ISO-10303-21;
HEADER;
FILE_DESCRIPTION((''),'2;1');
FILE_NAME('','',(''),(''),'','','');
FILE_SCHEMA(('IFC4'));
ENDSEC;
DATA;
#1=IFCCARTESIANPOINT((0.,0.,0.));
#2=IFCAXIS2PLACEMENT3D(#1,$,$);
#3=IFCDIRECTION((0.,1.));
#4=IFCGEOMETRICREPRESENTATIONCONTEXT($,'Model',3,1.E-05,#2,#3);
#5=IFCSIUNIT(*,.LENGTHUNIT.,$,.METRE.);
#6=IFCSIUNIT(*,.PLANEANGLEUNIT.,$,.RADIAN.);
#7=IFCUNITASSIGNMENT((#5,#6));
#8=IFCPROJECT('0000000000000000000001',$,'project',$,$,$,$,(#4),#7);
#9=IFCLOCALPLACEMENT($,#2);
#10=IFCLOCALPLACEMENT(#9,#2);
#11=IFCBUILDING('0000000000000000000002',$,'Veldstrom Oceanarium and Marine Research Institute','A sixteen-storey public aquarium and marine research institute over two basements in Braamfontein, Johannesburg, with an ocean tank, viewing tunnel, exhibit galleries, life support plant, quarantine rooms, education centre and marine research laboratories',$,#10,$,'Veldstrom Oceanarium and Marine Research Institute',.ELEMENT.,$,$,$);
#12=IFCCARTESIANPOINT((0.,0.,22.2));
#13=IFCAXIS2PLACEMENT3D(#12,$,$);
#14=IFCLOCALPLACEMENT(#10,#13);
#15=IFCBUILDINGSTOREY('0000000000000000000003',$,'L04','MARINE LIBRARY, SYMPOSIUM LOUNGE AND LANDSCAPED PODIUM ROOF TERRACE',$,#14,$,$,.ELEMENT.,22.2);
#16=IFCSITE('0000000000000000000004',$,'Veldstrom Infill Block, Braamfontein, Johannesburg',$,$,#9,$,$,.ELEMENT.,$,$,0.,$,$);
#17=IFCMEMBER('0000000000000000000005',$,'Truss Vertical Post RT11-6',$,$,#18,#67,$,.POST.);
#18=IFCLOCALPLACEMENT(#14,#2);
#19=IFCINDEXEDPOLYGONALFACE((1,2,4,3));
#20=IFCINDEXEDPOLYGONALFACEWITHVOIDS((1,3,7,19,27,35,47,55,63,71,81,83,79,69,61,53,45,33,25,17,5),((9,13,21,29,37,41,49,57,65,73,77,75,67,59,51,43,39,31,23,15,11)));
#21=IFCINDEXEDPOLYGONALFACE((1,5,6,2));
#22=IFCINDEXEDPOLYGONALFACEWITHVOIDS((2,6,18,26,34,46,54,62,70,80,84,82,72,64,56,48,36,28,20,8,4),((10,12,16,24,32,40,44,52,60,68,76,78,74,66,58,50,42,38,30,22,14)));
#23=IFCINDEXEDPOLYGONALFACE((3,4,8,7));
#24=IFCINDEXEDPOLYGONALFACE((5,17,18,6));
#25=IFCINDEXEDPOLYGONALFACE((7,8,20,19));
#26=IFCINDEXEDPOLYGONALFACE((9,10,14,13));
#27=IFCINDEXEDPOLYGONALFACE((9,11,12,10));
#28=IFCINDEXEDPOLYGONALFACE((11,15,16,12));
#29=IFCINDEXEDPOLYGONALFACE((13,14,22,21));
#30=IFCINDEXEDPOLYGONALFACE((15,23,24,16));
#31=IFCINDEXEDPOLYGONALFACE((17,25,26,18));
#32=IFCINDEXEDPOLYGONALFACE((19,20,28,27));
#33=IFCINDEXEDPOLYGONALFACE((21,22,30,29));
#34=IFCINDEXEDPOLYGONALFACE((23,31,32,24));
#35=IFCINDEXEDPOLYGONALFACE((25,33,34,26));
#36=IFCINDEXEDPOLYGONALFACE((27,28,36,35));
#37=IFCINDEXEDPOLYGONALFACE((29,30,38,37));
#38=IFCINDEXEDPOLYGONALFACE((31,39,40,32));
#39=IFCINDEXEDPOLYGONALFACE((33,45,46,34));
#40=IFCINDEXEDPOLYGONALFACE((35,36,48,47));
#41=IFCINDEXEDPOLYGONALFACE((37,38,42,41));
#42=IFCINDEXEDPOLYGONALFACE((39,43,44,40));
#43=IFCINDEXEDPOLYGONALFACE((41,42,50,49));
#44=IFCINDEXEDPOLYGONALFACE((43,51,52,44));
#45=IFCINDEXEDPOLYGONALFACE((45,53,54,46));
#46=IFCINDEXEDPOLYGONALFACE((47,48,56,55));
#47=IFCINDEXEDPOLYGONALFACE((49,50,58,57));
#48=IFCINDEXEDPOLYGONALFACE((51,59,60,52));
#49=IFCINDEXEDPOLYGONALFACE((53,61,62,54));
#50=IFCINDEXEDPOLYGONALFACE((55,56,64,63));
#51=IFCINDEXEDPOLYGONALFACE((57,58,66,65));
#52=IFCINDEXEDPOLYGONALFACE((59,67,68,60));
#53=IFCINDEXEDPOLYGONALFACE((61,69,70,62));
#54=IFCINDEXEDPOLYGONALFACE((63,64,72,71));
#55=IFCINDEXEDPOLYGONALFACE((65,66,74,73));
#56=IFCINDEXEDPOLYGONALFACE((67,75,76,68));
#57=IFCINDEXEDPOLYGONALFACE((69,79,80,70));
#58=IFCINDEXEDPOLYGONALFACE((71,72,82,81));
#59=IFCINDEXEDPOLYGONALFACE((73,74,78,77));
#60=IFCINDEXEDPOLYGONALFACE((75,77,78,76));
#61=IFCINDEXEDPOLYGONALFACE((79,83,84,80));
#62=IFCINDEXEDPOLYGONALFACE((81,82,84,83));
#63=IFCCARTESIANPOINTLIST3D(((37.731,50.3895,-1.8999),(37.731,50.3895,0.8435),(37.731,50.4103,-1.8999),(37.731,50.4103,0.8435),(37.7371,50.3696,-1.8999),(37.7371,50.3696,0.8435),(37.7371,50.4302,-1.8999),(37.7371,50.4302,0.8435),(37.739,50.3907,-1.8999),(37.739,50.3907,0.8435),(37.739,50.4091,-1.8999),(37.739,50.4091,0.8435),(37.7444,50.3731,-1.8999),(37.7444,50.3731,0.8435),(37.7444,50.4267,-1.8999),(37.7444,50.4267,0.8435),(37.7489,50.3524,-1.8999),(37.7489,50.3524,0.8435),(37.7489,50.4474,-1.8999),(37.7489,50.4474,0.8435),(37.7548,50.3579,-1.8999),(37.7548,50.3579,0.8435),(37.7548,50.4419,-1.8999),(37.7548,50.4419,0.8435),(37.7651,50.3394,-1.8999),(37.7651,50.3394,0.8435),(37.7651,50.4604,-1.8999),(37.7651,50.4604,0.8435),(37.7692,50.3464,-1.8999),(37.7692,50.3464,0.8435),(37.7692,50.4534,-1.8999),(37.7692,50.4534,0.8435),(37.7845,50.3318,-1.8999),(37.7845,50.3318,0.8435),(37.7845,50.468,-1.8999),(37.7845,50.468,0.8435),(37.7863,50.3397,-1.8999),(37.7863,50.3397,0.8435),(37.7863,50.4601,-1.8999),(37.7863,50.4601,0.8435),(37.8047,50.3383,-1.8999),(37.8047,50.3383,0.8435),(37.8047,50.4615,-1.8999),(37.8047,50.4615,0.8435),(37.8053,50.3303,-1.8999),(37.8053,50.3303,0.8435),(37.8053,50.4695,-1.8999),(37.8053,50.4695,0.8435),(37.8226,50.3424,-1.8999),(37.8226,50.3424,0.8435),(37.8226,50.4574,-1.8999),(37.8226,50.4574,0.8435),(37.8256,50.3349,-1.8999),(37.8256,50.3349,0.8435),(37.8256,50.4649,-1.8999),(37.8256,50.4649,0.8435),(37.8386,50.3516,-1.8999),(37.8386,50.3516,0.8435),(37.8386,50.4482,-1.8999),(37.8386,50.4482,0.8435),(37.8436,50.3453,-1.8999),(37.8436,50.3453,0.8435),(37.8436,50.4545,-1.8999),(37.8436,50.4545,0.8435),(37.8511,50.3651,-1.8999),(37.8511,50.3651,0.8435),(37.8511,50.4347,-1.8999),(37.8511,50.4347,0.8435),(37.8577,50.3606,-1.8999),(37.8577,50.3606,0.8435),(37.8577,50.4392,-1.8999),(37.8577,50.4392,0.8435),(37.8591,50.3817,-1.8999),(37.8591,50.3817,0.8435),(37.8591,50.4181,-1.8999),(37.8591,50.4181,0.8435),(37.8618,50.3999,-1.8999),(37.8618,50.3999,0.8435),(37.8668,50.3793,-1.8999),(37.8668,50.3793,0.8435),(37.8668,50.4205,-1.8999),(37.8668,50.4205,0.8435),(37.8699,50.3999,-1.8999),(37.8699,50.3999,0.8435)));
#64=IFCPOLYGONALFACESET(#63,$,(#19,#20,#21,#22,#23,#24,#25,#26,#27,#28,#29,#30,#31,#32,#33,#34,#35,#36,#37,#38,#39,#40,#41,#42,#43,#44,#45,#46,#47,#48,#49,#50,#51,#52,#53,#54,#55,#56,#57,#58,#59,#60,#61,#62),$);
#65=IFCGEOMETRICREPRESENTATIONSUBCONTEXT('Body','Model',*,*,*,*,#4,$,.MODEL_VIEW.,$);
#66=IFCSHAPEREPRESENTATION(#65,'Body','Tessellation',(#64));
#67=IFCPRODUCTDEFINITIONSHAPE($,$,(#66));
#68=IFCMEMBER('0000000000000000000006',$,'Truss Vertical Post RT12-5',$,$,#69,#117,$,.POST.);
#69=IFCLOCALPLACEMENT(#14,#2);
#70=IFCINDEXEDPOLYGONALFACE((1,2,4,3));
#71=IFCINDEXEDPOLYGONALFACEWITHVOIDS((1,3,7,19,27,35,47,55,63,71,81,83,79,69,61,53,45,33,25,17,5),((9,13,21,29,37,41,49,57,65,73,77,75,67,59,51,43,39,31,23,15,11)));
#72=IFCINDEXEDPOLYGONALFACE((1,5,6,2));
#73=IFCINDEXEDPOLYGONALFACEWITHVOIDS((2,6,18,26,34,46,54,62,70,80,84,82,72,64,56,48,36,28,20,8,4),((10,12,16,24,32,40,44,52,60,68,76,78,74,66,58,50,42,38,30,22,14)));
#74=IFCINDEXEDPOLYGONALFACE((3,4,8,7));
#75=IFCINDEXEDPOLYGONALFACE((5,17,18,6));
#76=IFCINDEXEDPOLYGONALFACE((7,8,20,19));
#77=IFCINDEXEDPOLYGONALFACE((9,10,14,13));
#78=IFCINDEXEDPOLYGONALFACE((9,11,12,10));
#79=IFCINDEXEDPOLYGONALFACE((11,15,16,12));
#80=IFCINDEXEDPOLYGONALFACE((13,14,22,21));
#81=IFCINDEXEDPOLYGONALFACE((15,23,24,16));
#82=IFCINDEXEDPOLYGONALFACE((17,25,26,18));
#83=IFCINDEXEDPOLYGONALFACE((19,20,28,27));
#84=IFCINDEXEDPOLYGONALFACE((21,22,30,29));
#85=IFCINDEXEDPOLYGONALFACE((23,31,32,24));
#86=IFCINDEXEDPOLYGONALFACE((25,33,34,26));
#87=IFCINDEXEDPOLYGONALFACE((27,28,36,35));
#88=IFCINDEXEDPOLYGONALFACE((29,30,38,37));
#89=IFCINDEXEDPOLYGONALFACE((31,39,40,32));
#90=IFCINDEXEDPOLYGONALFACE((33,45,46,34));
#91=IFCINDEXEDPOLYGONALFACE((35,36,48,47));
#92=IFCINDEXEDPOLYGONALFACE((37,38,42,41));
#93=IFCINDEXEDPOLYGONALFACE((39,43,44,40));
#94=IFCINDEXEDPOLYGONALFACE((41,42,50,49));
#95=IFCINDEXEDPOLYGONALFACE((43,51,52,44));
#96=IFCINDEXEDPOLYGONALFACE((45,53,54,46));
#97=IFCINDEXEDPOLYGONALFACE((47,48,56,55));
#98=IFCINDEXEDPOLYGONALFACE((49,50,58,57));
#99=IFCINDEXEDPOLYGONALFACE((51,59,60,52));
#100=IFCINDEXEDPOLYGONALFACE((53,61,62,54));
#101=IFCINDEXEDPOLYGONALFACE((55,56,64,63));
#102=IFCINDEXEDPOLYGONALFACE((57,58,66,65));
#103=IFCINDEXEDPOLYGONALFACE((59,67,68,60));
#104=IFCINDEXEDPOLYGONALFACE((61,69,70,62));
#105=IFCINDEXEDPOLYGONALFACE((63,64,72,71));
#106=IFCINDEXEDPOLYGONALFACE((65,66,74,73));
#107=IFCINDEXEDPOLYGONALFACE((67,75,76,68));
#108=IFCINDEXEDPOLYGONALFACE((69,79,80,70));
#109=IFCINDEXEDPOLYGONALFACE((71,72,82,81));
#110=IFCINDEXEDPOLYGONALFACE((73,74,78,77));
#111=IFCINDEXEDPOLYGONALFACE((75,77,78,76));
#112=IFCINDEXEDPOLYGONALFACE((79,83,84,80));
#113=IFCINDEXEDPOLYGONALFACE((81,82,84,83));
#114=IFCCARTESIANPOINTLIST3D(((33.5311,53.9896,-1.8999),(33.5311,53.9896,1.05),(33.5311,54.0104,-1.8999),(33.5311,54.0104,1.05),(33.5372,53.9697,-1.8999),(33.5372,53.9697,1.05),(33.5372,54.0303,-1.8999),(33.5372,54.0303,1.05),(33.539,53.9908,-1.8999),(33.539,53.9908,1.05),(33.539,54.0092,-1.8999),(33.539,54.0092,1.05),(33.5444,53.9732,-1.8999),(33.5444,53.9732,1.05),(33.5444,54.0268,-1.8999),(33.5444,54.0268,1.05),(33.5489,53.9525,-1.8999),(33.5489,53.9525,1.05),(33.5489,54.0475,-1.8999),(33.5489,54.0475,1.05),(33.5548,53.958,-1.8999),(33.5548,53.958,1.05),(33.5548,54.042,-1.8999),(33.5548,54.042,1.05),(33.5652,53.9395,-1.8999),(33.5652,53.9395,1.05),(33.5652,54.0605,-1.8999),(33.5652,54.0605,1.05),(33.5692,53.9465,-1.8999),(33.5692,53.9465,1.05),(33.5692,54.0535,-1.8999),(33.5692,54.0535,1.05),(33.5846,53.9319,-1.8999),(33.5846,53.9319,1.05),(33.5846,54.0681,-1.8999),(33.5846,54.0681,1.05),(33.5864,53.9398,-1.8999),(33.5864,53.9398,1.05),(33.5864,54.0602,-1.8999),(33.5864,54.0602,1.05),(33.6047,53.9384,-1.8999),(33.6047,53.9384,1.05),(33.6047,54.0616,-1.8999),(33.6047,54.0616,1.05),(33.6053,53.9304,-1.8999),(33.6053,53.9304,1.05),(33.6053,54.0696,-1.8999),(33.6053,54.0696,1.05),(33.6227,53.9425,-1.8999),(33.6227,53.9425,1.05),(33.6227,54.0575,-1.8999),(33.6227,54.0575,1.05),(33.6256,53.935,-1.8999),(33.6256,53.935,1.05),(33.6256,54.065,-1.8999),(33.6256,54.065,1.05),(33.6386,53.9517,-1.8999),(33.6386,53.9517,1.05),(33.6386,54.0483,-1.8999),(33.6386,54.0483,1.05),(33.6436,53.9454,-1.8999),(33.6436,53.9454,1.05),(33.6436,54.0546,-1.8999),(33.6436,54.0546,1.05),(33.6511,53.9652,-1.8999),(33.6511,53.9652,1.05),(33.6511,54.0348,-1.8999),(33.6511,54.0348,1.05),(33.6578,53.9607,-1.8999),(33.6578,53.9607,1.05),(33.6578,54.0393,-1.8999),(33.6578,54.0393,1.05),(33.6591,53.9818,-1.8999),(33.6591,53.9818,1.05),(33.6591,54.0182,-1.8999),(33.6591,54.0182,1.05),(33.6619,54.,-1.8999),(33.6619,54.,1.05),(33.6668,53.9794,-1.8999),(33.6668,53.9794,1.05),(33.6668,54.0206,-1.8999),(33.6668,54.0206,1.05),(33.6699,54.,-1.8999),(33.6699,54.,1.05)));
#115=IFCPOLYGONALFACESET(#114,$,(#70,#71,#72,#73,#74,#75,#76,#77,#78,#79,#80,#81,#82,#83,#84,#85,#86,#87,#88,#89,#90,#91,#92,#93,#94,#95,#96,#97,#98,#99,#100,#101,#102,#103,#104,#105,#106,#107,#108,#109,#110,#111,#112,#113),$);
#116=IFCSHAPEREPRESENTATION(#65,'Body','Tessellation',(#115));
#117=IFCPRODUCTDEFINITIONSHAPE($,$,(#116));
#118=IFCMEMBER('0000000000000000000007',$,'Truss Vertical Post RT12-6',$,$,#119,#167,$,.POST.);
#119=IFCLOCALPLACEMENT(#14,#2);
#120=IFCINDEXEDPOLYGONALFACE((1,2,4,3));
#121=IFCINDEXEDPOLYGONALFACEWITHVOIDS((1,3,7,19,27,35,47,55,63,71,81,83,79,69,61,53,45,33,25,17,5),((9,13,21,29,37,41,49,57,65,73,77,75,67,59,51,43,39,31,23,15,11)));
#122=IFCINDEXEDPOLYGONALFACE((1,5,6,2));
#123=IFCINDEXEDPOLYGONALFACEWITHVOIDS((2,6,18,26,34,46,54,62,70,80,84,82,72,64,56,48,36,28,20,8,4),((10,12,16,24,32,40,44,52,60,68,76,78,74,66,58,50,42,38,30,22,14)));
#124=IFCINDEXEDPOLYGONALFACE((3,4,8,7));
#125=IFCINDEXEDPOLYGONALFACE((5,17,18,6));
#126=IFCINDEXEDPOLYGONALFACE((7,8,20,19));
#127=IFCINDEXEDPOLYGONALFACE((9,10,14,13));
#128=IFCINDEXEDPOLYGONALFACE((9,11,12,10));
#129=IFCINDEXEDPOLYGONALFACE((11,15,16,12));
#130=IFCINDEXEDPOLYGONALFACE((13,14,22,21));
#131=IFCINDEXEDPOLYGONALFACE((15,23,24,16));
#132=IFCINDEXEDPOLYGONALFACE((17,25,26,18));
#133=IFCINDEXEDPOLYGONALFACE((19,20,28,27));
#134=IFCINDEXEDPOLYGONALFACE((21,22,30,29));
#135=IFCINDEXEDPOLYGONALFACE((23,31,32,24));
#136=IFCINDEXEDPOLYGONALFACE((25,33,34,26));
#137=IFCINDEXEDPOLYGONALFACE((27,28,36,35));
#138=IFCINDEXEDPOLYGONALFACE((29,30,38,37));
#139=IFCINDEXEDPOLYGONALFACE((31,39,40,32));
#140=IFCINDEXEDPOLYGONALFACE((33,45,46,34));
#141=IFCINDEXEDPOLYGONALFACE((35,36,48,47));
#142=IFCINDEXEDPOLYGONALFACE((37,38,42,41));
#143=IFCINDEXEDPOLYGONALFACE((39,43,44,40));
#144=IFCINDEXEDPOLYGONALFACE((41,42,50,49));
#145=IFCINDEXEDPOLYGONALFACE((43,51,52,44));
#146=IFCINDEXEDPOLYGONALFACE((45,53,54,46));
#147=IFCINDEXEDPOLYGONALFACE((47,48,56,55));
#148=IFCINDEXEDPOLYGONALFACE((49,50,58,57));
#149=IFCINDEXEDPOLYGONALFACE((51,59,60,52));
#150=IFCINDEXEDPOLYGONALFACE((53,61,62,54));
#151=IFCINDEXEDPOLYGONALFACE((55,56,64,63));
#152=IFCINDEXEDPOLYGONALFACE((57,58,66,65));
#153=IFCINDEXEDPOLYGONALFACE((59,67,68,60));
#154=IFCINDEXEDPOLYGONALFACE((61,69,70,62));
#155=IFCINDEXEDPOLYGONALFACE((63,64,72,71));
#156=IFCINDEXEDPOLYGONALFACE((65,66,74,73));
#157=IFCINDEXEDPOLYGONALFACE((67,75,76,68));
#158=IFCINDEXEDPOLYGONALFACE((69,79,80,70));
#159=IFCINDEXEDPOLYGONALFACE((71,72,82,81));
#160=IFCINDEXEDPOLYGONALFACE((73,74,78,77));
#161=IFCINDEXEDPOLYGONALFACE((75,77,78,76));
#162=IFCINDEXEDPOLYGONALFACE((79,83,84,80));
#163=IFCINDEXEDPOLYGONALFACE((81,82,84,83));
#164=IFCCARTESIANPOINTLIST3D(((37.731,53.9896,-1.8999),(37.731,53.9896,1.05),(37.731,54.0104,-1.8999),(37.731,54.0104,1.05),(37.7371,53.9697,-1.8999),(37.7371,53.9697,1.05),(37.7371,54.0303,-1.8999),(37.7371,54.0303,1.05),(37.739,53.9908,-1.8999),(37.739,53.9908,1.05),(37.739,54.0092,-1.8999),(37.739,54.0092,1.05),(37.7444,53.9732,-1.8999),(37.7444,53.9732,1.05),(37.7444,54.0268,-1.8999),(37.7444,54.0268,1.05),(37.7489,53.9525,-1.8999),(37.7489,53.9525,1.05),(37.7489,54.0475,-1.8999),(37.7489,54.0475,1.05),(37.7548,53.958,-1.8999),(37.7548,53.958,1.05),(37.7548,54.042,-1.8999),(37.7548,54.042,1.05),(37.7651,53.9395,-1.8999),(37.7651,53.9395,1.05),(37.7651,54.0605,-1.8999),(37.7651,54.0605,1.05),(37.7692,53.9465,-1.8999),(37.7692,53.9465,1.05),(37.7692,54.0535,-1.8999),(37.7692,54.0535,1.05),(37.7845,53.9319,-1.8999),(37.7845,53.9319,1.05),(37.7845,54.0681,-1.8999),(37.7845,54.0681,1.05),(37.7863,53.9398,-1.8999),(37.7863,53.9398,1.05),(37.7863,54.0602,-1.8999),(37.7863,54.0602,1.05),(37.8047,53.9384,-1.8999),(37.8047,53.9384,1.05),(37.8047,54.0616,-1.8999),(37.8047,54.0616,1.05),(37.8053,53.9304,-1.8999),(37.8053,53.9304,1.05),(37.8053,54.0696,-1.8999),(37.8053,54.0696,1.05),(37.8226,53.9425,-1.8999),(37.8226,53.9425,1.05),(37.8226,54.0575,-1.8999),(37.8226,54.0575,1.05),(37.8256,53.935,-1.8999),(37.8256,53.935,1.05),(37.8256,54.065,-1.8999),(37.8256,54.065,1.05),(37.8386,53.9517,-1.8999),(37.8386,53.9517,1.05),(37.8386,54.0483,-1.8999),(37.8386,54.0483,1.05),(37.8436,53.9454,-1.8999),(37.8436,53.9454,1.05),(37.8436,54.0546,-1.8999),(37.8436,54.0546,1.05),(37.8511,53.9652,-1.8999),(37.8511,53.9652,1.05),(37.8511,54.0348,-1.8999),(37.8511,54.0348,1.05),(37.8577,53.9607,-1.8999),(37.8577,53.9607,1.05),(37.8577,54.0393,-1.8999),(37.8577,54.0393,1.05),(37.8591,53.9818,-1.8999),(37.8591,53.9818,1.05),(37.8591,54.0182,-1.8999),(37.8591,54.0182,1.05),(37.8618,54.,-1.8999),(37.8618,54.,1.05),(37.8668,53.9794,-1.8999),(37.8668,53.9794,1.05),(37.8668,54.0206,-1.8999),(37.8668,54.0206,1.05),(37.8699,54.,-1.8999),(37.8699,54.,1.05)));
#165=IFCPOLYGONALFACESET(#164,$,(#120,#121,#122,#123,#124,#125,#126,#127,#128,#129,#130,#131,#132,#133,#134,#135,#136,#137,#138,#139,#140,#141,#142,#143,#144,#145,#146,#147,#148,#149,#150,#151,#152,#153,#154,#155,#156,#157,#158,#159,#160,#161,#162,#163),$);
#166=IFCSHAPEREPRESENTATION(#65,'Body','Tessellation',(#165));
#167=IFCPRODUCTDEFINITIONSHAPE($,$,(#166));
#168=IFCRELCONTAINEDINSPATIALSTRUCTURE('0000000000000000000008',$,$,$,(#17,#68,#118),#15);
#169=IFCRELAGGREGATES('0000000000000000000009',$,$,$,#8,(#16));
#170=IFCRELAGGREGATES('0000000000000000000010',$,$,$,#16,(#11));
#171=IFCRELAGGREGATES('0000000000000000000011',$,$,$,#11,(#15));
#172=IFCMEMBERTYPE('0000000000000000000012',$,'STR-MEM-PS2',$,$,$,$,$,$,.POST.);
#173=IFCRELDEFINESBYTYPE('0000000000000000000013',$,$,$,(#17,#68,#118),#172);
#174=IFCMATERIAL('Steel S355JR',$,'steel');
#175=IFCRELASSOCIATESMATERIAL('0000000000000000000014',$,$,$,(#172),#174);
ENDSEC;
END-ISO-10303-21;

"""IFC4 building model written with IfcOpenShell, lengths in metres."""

from ifc_helpers import new_model, si_unit, direction, frame, origin, origin_2d, place, context, subcontext, project, spatial, hollow_circle, extrude, material, material_profile, profile_set, type_object, element, save


model = new_model("IFC4")

# Units and contexts
model_context = context("Model", 3, precision=1e-05, world=origin(), true_north=direction((0.0, 1.0)))
body_context = subcontext(model_context, "Body", "Model", "MODEL_VIEW")
ifc_project = project(units=[si_unit("LENGTHUNIT", "METRE"), si_unit("PLANEANGLEUNIT", "RADIAN")], contexts=[model_context])

# Site, building, storey
site_placement = place(None, origin())
site = spatial("IfcSite", under=ifc_project, at=site_placement, Name="Veldstrom Infill Block, Braamfontein, Johannesburg", CompositionType="ELEMENT", RefElevation=0.0)
building_placement = place(site_placement, origin())
building = spatial("IfcBuilding", under=site, at=building_placement, Name="Veldstrom Oceanarium and Marine Research Institute", Description="A sixteen-storey public aquarium and marine research institute over two basements in Braamfontein, Johannesburg, with an ocean tank, viewing tunnel, exhibit galleries, life support plant, quarantine rooms, education centre and marine research laboratories", LongName="Veldstrom Oceanarium and Marine Research Institute", CompositionType="ELEMENT")
storey_placement = place(building_placement, frame((0.0, 0.0, 22.2)))
storey = spatial("IfcBuildingStorey", under=building, at=storey_placement, Name="L04", Description="MARINE LIBRARY, SYMPOSIUM LOUNGE AND LANDSCAPED PODIUM ROOF TERRACE", CompositionType="ELEMENT", Elevation=22.2)

# Members
ifc_material_1 = material(Name="Steel S355JR", Category="steel")
ifc_material_profile_1 = material_profile(ifc_material_1, hollow_circle(Radius=0.0698, WallThickness=0.0081, at=origin_2d()), Name="CHS 139.7x8")
ifc_profile_set_1 = profile_set([ifc_material_profile_1], Name="Steel S355JR")
member_type_1 = type_object("IfcMemberType", Name="STR-MEM-PS2", PredefinedType="POST", material=ifc_profile_set_1)
member_1_placement = place(storey_placement, frame((37.8, 50.3999, -1.8999), z_axis=(0.0, 0.0, 1.0), x_axis=(1.0, 0.0, 0.0)))
element("IfcMember", 1, at=member_1_placement, inside=storey, type_object=member_type_1, Name="Truss Vertical Post RT11-6", PredefinedType="POST", context=body_context, shape_type="SweptSolid", body=[
    extrude(hollow_circle(Radius=0.0698, WallThickness=0.0081, at=origin_2d()), origin(), (0.0, 0.0, 1.0), 2.7434),
])
for number, where, z_axis, x_axis, name in (
    (2, (33.6001, 54.0, -1.8999), (0.0, 0.0, 1.0), (1.0, 0.0, 0.0), "Truss Vertical Post RT12-5"),
    (3, (37.8, 54.0, -1.8999), (0.0, 0.0, 1.0), (1.0, 0.0, 0.0), "Truss Vertical Post RT12-6"),
):
    element("IfcMember", number, at=place(storey_placement, frame(where, z_axis=z_axis, x_axis=x_axis)), inside=storey, type_object=member_type_1, Name=name, PredefinedType="POST", context=body_context, shape_type="SweptSolid", body=[
        extrude(hollow_circle(Radius=0.0698, WallThickness=0.0081, at=origin_2d()), origin(), (0.0, 0.0, 1.0), 2.95),
    ])

save(model, "model.ifc")
